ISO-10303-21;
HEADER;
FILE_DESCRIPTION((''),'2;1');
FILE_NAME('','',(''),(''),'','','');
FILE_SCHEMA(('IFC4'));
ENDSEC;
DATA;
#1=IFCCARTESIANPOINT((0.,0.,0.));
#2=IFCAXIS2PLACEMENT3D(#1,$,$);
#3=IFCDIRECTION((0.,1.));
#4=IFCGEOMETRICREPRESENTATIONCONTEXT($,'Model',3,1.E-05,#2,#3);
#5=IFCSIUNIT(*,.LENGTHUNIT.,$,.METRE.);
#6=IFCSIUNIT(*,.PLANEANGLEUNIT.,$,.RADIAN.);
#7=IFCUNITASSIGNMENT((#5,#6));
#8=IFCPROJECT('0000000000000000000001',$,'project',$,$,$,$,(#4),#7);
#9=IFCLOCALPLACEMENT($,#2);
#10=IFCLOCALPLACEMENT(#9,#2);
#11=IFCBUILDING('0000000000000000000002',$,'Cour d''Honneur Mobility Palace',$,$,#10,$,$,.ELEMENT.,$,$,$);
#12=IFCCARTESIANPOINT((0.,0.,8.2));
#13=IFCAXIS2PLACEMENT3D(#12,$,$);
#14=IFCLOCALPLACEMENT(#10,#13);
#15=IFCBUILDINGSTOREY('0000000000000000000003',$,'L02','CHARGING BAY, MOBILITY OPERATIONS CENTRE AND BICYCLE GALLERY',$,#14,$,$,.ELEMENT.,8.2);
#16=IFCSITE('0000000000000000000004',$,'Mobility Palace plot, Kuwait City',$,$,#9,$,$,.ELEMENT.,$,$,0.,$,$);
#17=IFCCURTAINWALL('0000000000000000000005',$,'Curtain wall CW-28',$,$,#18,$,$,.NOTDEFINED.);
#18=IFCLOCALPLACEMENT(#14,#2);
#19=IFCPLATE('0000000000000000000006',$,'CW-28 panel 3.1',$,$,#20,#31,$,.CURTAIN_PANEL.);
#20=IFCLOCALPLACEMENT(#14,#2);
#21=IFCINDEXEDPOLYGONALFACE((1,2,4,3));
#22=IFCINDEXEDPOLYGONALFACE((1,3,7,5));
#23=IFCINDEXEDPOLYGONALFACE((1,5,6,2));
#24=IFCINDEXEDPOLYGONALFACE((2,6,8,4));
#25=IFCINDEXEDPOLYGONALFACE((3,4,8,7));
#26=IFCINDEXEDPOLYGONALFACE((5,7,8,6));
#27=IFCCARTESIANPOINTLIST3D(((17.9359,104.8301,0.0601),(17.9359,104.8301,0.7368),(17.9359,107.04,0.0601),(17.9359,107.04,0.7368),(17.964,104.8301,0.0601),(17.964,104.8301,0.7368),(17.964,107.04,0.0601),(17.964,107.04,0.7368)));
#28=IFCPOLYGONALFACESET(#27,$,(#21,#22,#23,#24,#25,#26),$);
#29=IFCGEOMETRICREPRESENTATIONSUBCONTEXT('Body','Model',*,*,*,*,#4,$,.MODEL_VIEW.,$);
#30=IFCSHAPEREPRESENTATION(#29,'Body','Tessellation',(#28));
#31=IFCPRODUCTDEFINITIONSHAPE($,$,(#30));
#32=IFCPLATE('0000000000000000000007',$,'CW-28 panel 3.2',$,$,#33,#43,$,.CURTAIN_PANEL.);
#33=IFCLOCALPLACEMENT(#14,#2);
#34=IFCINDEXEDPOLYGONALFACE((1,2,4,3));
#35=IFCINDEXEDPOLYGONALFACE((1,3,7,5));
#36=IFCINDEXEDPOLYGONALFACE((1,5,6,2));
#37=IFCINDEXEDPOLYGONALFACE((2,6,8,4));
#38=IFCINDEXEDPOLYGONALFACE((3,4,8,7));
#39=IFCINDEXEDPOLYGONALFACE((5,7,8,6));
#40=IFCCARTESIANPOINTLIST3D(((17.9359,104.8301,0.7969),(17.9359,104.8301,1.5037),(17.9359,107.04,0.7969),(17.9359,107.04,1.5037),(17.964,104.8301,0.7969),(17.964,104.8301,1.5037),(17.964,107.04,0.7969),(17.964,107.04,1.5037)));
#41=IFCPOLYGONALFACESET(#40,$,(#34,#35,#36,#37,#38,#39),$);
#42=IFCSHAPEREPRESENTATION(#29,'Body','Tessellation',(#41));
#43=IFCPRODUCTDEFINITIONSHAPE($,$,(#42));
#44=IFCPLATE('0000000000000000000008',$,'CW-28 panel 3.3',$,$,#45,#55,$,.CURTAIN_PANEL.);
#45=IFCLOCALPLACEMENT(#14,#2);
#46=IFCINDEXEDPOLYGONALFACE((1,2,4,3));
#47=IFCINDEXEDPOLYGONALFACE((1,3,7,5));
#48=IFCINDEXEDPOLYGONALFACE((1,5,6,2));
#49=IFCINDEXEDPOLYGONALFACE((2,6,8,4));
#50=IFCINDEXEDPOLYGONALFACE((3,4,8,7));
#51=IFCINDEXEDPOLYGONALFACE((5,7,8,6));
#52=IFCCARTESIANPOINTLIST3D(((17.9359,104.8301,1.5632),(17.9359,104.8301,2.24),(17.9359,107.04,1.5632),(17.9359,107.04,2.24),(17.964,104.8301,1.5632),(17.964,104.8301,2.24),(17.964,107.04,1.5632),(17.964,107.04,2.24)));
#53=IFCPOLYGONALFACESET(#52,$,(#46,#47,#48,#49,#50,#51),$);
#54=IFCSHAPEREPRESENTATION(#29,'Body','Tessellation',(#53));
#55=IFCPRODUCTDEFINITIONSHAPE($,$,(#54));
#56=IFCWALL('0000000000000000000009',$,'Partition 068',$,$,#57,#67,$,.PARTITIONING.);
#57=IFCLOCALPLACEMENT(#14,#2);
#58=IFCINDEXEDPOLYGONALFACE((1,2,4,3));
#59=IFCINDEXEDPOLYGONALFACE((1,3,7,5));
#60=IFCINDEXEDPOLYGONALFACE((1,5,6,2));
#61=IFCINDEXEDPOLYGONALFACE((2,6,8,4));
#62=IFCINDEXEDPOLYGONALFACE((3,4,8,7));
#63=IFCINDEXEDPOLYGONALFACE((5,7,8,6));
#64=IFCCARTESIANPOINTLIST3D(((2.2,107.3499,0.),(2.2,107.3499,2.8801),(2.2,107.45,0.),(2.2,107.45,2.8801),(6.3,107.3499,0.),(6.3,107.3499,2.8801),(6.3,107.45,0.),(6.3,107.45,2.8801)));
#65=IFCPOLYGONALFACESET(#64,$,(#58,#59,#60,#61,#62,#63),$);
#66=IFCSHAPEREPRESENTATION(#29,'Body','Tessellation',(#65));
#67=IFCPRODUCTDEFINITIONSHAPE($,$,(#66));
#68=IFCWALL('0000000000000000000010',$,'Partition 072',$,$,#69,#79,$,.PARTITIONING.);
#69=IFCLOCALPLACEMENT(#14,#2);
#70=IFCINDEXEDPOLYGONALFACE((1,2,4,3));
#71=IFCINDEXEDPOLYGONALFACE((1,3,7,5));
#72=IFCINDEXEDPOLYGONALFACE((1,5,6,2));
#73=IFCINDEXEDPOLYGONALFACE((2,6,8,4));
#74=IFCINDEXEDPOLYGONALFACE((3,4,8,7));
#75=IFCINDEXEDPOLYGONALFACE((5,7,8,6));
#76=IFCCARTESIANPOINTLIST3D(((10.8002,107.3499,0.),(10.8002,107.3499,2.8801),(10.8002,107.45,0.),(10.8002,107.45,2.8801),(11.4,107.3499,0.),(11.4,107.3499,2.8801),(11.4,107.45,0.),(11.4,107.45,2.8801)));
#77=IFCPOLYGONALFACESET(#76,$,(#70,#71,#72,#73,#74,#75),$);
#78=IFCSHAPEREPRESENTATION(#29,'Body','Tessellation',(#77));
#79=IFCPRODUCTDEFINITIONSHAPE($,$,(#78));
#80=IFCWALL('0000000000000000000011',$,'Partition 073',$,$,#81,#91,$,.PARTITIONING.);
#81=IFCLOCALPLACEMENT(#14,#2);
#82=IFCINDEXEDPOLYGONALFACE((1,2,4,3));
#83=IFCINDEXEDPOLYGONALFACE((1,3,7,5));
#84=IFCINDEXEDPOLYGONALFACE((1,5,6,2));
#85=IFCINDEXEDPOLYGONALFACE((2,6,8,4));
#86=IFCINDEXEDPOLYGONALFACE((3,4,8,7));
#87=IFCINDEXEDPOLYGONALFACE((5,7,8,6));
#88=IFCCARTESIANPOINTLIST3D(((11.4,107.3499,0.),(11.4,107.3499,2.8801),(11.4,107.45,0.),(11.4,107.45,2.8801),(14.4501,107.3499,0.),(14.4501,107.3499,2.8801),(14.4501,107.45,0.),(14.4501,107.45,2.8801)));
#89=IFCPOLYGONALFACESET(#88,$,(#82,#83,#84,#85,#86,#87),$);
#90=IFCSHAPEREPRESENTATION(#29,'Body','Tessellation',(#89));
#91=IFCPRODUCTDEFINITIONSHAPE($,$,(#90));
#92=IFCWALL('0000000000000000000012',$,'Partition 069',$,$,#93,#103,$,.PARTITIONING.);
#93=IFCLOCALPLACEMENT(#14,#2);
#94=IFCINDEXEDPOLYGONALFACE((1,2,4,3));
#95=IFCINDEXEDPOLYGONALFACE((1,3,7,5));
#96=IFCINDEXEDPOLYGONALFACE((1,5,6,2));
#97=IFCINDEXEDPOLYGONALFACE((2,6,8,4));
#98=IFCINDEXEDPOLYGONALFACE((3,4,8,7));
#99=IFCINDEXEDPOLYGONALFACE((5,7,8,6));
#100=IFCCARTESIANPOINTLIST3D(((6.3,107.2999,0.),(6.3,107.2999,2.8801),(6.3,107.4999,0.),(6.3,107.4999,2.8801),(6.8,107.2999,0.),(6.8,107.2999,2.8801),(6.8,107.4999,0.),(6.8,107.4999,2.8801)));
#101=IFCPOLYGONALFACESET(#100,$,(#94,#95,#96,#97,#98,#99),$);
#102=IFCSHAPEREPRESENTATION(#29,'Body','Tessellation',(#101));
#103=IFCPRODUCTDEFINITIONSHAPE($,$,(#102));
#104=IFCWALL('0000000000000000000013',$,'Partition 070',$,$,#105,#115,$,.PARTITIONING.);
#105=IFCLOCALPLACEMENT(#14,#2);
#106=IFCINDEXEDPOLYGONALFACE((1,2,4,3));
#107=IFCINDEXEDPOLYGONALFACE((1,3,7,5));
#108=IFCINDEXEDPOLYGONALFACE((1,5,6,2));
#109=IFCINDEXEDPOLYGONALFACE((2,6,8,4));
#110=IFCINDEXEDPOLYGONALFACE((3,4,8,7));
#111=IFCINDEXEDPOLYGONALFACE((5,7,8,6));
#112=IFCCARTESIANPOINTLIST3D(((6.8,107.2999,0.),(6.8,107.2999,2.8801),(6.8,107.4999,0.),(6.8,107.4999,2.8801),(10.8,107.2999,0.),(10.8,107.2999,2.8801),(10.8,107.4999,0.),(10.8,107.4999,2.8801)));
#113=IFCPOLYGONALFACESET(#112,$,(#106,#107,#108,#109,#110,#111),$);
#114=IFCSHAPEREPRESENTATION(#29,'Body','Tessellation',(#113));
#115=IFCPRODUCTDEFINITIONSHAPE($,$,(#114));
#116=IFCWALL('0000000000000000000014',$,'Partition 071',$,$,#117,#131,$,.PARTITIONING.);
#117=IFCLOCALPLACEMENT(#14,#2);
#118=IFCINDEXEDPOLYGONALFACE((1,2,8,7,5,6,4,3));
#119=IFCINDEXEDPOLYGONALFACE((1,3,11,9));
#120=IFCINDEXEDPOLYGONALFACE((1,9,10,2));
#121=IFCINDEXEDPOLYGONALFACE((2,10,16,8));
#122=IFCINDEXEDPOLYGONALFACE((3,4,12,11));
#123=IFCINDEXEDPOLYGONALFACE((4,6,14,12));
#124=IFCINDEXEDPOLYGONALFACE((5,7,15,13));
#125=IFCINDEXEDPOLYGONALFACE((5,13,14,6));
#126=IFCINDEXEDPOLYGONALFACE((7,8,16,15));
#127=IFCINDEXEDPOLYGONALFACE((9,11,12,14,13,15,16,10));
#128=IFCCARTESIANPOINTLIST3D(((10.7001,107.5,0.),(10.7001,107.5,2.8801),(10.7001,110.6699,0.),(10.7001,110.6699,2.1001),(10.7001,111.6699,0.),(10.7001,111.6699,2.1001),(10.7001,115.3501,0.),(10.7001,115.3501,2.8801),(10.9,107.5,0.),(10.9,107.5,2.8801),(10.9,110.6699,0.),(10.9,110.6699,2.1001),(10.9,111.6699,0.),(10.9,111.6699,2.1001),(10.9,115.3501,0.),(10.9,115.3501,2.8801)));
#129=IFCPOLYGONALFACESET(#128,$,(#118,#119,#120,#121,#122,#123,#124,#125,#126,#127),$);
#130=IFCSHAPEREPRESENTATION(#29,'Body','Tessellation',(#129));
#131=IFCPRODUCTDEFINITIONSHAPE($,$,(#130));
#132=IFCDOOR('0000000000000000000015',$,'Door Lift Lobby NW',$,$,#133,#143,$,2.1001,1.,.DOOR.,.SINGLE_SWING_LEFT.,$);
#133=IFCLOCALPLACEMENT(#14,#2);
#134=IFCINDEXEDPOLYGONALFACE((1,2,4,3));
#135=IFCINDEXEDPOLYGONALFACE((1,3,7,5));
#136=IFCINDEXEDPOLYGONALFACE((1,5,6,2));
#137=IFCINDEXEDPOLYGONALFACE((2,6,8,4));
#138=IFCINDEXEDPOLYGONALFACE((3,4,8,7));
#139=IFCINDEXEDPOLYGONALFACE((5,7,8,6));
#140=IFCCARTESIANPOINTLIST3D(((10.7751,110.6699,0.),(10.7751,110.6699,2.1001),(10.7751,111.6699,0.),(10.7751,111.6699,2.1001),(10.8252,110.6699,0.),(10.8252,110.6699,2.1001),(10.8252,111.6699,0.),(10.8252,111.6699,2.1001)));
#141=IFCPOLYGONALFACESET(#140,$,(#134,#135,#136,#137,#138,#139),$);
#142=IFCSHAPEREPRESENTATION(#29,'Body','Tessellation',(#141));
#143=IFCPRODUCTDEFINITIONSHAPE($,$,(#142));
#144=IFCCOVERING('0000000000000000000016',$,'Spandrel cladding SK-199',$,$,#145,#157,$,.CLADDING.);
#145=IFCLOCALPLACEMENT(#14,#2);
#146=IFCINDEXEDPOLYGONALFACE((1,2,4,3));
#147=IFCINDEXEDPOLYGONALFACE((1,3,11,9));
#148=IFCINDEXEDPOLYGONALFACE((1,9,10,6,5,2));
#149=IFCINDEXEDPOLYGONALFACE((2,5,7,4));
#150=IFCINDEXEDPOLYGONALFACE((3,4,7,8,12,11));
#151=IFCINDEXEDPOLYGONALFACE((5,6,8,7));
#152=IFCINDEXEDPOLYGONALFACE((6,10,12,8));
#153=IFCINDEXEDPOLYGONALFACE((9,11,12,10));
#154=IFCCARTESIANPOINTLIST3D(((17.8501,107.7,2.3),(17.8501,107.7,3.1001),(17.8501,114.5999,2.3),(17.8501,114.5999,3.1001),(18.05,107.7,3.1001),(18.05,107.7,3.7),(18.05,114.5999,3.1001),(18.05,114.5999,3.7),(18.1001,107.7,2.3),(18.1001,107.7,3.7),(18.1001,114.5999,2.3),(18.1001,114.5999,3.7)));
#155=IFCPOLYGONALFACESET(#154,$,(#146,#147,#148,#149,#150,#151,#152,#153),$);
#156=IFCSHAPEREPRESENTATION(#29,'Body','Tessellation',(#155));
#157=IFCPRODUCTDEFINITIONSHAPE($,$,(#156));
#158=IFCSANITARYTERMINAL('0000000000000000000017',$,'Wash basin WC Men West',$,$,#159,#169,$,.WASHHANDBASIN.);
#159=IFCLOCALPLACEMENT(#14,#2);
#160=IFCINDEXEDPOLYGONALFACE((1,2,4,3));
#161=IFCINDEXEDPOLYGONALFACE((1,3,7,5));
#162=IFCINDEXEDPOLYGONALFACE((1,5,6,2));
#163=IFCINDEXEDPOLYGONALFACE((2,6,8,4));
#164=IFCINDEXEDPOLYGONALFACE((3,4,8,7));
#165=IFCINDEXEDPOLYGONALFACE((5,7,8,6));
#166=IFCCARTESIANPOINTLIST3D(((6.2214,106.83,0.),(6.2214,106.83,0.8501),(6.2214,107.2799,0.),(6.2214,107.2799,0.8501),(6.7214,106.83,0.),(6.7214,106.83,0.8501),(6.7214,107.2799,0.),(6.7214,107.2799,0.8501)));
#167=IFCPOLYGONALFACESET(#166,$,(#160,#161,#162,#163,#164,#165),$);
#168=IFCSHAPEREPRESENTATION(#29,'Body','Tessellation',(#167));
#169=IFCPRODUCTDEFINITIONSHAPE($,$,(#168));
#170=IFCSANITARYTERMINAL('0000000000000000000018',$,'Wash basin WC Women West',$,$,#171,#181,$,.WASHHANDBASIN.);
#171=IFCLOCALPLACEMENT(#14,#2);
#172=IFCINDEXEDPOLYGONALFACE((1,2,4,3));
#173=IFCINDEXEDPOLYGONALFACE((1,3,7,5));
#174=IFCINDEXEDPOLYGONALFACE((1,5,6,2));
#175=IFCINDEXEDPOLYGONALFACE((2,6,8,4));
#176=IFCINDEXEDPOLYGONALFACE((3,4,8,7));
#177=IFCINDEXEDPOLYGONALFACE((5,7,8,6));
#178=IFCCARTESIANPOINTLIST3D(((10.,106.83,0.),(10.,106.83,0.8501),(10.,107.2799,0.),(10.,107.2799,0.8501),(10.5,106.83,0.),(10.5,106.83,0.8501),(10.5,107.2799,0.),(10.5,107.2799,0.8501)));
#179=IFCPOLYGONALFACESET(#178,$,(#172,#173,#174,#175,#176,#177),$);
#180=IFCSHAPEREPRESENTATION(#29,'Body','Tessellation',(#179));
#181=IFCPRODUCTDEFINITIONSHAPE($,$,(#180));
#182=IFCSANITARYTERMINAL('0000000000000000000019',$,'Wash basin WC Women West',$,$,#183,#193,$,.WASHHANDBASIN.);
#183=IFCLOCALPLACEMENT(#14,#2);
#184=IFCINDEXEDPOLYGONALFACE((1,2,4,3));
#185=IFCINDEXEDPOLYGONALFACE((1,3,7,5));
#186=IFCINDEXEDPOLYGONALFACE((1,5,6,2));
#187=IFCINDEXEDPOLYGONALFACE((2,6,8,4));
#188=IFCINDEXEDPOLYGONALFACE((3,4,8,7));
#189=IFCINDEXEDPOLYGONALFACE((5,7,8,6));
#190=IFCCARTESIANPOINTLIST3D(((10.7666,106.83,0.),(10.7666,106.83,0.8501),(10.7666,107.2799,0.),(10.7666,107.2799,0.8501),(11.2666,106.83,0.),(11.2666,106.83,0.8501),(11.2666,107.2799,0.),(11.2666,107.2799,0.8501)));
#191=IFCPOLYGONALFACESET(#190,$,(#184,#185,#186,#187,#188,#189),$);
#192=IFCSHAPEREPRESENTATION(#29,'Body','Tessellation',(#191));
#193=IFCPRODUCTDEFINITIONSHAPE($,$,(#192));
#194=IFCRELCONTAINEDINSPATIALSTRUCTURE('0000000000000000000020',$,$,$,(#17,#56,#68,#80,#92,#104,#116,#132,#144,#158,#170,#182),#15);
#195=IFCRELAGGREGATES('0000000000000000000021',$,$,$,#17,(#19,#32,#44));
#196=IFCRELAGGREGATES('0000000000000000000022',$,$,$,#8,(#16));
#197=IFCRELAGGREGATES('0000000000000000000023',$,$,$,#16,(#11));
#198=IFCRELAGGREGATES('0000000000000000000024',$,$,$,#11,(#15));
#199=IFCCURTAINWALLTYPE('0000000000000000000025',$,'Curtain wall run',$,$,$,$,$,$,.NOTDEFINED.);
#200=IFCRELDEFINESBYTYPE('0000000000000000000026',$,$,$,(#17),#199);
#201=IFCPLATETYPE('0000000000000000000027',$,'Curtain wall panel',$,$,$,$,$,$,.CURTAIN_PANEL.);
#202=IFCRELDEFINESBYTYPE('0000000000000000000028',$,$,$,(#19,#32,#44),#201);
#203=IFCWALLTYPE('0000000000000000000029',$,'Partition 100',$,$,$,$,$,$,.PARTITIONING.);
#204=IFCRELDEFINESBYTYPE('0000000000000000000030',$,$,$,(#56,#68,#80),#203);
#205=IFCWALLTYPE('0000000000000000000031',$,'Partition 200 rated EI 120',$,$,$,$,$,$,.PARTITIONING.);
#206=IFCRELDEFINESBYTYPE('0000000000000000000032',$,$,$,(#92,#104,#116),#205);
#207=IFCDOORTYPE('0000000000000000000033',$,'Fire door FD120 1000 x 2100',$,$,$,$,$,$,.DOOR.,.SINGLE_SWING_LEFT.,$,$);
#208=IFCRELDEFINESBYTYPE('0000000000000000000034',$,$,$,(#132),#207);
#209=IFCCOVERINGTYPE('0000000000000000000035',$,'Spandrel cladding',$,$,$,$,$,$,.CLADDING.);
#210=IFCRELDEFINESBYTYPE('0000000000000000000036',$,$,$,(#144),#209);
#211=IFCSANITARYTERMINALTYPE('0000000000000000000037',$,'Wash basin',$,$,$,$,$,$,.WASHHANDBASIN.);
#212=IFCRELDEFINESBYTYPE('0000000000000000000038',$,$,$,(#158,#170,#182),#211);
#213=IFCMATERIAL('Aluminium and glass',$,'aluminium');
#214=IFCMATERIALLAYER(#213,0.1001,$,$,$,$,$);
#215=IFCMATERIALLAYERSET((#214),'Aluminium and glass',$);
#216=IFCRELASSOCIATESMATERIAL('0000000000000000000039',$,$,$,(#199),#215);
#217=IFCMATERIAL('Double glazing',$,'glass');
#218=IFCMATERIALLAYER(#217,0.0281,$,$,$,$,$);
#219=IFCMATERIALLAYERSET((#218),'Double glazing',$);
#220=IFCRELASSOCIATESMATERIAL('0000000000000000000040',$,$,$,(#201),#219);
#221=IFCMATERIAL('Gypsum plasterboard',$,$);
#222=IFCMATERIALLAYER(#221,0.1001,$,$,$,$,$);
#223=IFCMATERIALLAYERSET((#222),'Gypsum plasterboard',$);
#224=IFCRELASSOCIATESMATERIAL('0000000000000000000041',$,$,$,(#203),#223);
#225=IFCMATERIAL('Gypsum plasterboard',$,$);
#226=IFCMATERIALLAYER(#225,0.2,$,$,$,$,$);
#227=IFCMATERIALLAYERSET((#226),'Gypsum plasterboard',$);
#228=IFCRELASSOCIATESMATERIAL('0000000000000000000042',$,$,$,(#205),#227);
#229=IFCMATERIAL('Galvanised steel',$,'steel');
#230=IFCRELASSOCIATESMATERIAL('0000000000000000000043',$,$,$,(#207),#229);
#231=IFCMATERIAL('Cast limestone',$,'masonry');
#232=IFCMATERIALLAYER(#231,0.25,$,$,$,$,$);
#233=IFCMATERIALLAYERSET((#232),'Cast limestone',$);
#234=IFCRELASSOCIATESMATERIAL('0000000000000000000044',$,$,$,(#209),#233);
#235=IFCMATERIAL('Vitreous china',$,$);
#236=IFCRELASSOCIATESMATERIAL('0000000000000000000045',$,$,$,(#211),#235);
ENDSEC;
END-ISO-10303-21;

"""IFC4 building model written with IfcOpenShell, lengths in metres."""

from ifc_helpers import new_model, si_unit, direction, frame, frame_2d, origin, origin_2d, place, context, subcontext, project, spatial, polyline, rectangle, outline, extrude, material, layer, layer_set, type_object, element, fill, aggregate, save


model = new_model("IFC4")

# Units and contexts
model_context = context("Model", 3, precision=1e-05, world=origin(), true_north=direction((0.0, 1.0)))
body_context = subcontext(model_context, "Body", "Model", "MODEL_VIEW")
ifc_project = project(units=[si_unit("LENGTHUNIT", "METRE"), si_unit("PLANEANGLEUNIT", "RADIAN")], contexts=[model_context])

# Site, building, storey
site_placement = place(None, origin())
site = spatial("IfcSite", under=ifc_project, at=site_placement, Name="Mobility Palace plot, Kuwait City", CompositionType="ELEMENT", RefElevation=0.0)
building_placement = place(site_placement, origin())
building = spatial("IfcBuilding", under=site, at=building_placement, Name="Cour d'Honneur Mobility Palace", CompositionType="ELEMENT")
storey_placement = place(building_placement, frame((0.0, 0.0, 8.2)))
storey = spatial("IfcBuildingStorey", under=building, at=storey_placement, Name="L02", Description="CHARGING BAY, MOBILITY OPERATIONS CENTRE AND BICYCLE GALLERY", CompositionType="ELEMENT", Elevation=8.2)

# Curtain wall
ifc_material_1 = material(Name="Aluminium and glass", Category="aluminium")
ifc_layer_1 = layer(ifc_material_1, 0.1001)
ifc_layer_set_1 = layer_set([ifc_layer_1], Name="Aluminium and glass")
curtain_wall_type = type_object("IfcCurtainWallType", Name="Curtain wall run", PredefinedType="NOTDEFINED", material=ifc_layer_set_1)
curtain_wall_1_placement = place(storey_placement, origin())
curtain_wall_1 = element("IfcCurtainWall", 1, at=curtain_wall_1_placement, inside=storey, type_object=curtain_wall_type, Name="Curtain wall CW-28", PredefinedType="NOTDEFINED")

# Plates
ifc_material_2 = material(Name="Double glazing", Category="glass")
ifc_layer_2 = layer(ifc_material_2, 0.0281)
ifc_layer_set_2 = layer_set([ifc_layer_2], Name="Double glazing")
plate_type = type_object("IfcPlateType", Name="Curtain wall panel", PredefinedType="CURTAIN_PANEL", material=ifc_layer_set_2)
plate_1_placement = place(storey_placement, frame((17.95, 105.9351, 0.0601), z_axis=(0.0, 0.0, 1.0), x_axis=(0.0, 1.0, 0.0)))
plate_1 = element("IfcPlate", 2, at=plate_1_placement, type_object=plate_type, Name="CW-28 panel 3.1", PredefinedType="CURTAIN_PANEL", context=body_context, shape_type="SweptSolid", body=[
    extrude(rectangle(XDim=2.21, YDim=0.0281, at=origin_2d()), origin(), (0.0, 0.0, 1.0), 0.6768),
])
plate_2_placement = place(storey_placement, frame((17.95, 105.9351, 0.7969), z_axis=(0.0, 0.0, 1.0), x_axis=(0.0, 1.0, 0.0)))
plate_2 = element("IfcPlate", 3, at=plate_2_placement, type_object=plate_type, Name="CW-28 panel 3.2", PredefinedType="CURTAIN_PANEL", context=body_context, shape_type="SweptSolid", body=[
    extrude(rectangle(XDim=2.21, YDim=0.0281, at=origin_2d()), origin(), (0.0, 0.0, 1.0), 0.7068),
])
plate_3_placement = place(storey_placement, frame((17.95, 105.9351, 1.5632), z_axis=(0.0, 0.0, 1.0), x_axis=(0.0, 1.0, 0.0)))
plate_3 = element("IfcPlate", 4, at=plate_3_placement, type_object=plate_type, Name="CW-28 panel 3.3", PredefinedType="CURTAIN_PANEL", context=body_context, shape_type="SweptSolid", body=[
    extrude(rectangle(XDim=2.21, YDim=0.0281, at=origin_2d()), origin(), (0.0, 0.0, 1.0), 0.6768),
])
aggregate(curtain_wall_1, [plate_1, plate_2, plate_3])

# Walls
ifc_material_3 = material(Name="Gypsum plasterboard")
ifc_layer_3 = layer(ifc_material_3, 0.1001)
ifc_layer_set_3 = layer_set([ifc_layer_3], Name="Gypsum plasterboard")
wall_type_1 = type_object("IfcWallType", Name="Partition 100", PredefinedType="PARTITIONING", material=ifc_layer_set_3)
wall_1_placement = place(storey_placement, frame((6.3, 107.3999, 0.0), z_axis=(0.0, 0.0, 1.0), x_axis=(-1.0, 0.0, 0.0)))
element("IfcWall", 5, at=wall_1_placement, inside=storey, type_object=wall_type_1, Name="Partition 068", PredefinedType="PARTITIONING", context=body_context, shape_type="SweptSolid", body=[
    extrude(rectangle(XDim=4.1001, YDim=0.1001, at=frame_2d((2.05, 0.0))), origin(), (0.0, 0.0, 1.0), 2.8801),
])
wall_2_placement = place(storey_placement, frame((11.3999, 107.3999, 0.0), z_axis=(0.0, 0.0, 1.0), x_axis=(-1.0, 0.0, 0.0)))
element("IfcWall", 6, at=wall_2_placement, inside=storey, type_object=wall_type_1, Name="Partition 072", PredefinedType="PARTITIONING", context=body_context, shape_type="SweptSolid", body=[
    extrude(rectangle(XDim=0.5999, YDim=0.1001, at=frame_2d((0.2998, 0.0))), origin(), (0.0, 0.0, 1.0), 2.8801),
])
wall_3_placement = place(storey_placement, frame((14.45, 107.3999, 0.0), z_axis=(0.0, 0.0, 1.0), x_axis=(-1.0, 0.0, 0.0)))
element("IfcWall", 7, at=wall_3_placement, inside=storey, type_object=wall_type_1, Name="Partition 073", PredefinedType="PARTITIONING", context=body_context, shape_type="SweptSolid", body=[
    extrude(rectangle(XDim=3.05, YDim=0.1001, at=frame_2d((1.5249, 0.0))), origin(), (0.0, 0.0, 1.0), 2.8801),
])
ifc_material_4 = material(Name="Gypsum plasterboard")
ifc_layer_4 = layer(ifc_material_4, 0.2)
ifc_layer_set_4 = layer_set([ifc_layer_4], Name="Gypsum plasterboard")
wall_type_2 = type_object("IfcWallType", Name="Partition 200 rated EI 120", PredefinedType="PARTITIONING", material=ifc_layer_set_4)
wall_4_placement = place(storey_placement, frame((6.3, 107.3999, 0.0), z_axis=(0.0, 0.0, 1.0), x_axis=(1.0, 0.0, 0.0)))
element("IfcWall", 8, at=wall_4_placement, inside=storey, type_object=wall_type_2, Name="Partition 069", PredefinedType="PARTITIONING", context=body_context, shape_type="SweptSolid", body=[
    extrude(rectangle(XDim=0.5, YDim=0.2, at=frame_2d((0.25, 0.0))), origin(), (0.0, 0.0, 1.0), 2.8801),
])
wall_5_placement = place(storey_placement, frame((6.8, 107.3999, 0.0), z_axis=(0.0, 0.0, 1.0), x_axis=(1.0, 0.0, 0.0)))
element("IfcWall", 9, at=wall_5_placement, inside=storey, type_object=wall_type_2, Name="Partition 070", PredefinedType="PARTITIONING", context=body_context, shape_type="SweptSolid", body=[
    extrude(rectangle(XDim=4.0, YDim=0.2, at=frame_2d((2.0, 0.0))), origin(), (0.0, 0.0, 1.0), 2.8801),
])

# Wall, opening, door
wall_6_placement = place(storey_placement, frame((10.8, 107.5, 0.0), z_axis=(0.0, 0.0, 1.0), x_axis=(0.0, 1.0, 0.0)))
wall_6 = element("IfcWall", 10, at=wall_6_placement, inside=storey, type_object=wall_type_2, Name="Partition 071", PredefinedType="PARTITIONING", context=body_context, shape_type="SweptSolid", body=[
    extrude(rectangle(XDim=7.8501, YDim=0.2, at=frame_2d((3.925, 0.0))), origin(), (0.0, 0.0, 1.0), 2.8801),
])
opening_placement = place(wall_6_placement, frame((3.1699, 0.0, 0.0)))
opening = element("IfcOpeningElement", 11, at=opening_placement, cuts=wall_6, PredefinedType="OPENING", context=body_context, shape_type="SweptSolid", body=[
    extrude(rectangle(XDim=1.0, YDim=2.1001, at=frame_2d((0.5, 1.05))), frame((0.0, 0.1099, 0.0), z_axis=(0.0, -1.0, 0.0), x_axis=(1.0, 0.0, 0.0)), (0.0, 0.0, 1.0), 0.22),
])
ifc_material_5 = material(Name="Galvanised steel", Category="steel")
door_type = type_object("IfcDoorType", Name="Fire door FD120 1000 x 2100", OperationType="SINGLE_SWING_LEFT", PredefinedType="DOOR", material=ifc_material_5)
door_placement = place(opening_placement, origin())
door = element("IfcDoor", 12, at=door_placement, inside=storey, type_object=door_type, Name="Door Lift Lobby NW", OperationType="SINGLE_SWING_LEFT", OverallHeight=2.1001, OverallWidth=1.0, PredefinedType="DOOR", context=body_context, shape_type="SweptSolid", body=[
    extrude(rectangle(XDim=1.0, YDim=2.1001, at=frame_2d((0.5, 1.05))), frame((0.0, 0.0249, 0.0), z_axis=(0.0, -1.0, 0.0), x_axis=(1.0, 0.0, 0.0)), (0.0, 0.0, 1.0), 0.05),
])
fill(opening, door)

# Covering
ifc_material_6 = material(Name="Cast limestone", Category="masonry")
ifc_layer_5 = layer(ifc_material_6, 0.25)
ifc_layer_set_5 = layer_set([ifc_layer_5], Name="Cast limestone")
covering_type = type_object("IfcCoveringType", Name="Spandrel cladding", PredefinedType="CLADDING", material=ifc_layer_set_5)
covering_placement = place(storey_placement, frame((17.8501, 107.7, 2.3), z_axis=(0.0, -1.0, 0.0), x_axis=(1.0, 0.0, 0.0)))
element("IfcCovering", 13, at=covering_placement, inside=storey, type_object=covering_type, Name="Spandrel cladding SK-199", PredefinedType="CLADDING", context=body_context, shape_type="SweptSolid", body=[
    extrude(outline(polyline([(0.0, 0.0), (0.25, 0.0), (0.25, 1.3999), (0.2, 1.3999), (0.2, 0.8), (0.0, 0.8), (0.0, 0.0)])), origin(), (0.0, 0.0, -1.0), 6.8999),
])

# Sanitary terminals
ifc_material_7 = material(Name="Vitreous china")
sanitary_terminal_type_1 = type_object("IfcSanitaryTerminalType", Name="Wash basin", PredefinedType="WASHHANDBASIN", material=ifc_material_7)
for number, where, z_axis, x_axis, name in (
    (14, (6.4714, 107.0549, 0.0), (0.0, 0.0, 1.0), (1.0, 0.0, 0.0), "Wash basin WC Men West"),
    (15, (10.25, 107.0549, 0.0), (0.0, 0.0, 1.0), (1.0, 0.0, 0.0), "Wash basin WC Women West"),
    (16, (11.0166, 107.0549, 0.0), (0.0, 0.0, 1.0), (1.0, 0.0, 0.0), "Wash basin WC Women West"),
):
    element("IfcSanitaryTerminal", number, at=place(storey_placement, frame(where, z_axis=z_axis, x_axis=x_axis)), inside=storey, type_object=sanitary_terminal_type_1, Name=name, PredefinedType="WASHHANDBASIN", context=body_context, shape_type="SweptSolid", body=[
        extrude(rectangle(XDim=0.5, YDim=0.45, at=origin_2d()), origin(), (0.0, 0.0, 1.0), 0.8501),
    ])

save(model, "model.ifc")
